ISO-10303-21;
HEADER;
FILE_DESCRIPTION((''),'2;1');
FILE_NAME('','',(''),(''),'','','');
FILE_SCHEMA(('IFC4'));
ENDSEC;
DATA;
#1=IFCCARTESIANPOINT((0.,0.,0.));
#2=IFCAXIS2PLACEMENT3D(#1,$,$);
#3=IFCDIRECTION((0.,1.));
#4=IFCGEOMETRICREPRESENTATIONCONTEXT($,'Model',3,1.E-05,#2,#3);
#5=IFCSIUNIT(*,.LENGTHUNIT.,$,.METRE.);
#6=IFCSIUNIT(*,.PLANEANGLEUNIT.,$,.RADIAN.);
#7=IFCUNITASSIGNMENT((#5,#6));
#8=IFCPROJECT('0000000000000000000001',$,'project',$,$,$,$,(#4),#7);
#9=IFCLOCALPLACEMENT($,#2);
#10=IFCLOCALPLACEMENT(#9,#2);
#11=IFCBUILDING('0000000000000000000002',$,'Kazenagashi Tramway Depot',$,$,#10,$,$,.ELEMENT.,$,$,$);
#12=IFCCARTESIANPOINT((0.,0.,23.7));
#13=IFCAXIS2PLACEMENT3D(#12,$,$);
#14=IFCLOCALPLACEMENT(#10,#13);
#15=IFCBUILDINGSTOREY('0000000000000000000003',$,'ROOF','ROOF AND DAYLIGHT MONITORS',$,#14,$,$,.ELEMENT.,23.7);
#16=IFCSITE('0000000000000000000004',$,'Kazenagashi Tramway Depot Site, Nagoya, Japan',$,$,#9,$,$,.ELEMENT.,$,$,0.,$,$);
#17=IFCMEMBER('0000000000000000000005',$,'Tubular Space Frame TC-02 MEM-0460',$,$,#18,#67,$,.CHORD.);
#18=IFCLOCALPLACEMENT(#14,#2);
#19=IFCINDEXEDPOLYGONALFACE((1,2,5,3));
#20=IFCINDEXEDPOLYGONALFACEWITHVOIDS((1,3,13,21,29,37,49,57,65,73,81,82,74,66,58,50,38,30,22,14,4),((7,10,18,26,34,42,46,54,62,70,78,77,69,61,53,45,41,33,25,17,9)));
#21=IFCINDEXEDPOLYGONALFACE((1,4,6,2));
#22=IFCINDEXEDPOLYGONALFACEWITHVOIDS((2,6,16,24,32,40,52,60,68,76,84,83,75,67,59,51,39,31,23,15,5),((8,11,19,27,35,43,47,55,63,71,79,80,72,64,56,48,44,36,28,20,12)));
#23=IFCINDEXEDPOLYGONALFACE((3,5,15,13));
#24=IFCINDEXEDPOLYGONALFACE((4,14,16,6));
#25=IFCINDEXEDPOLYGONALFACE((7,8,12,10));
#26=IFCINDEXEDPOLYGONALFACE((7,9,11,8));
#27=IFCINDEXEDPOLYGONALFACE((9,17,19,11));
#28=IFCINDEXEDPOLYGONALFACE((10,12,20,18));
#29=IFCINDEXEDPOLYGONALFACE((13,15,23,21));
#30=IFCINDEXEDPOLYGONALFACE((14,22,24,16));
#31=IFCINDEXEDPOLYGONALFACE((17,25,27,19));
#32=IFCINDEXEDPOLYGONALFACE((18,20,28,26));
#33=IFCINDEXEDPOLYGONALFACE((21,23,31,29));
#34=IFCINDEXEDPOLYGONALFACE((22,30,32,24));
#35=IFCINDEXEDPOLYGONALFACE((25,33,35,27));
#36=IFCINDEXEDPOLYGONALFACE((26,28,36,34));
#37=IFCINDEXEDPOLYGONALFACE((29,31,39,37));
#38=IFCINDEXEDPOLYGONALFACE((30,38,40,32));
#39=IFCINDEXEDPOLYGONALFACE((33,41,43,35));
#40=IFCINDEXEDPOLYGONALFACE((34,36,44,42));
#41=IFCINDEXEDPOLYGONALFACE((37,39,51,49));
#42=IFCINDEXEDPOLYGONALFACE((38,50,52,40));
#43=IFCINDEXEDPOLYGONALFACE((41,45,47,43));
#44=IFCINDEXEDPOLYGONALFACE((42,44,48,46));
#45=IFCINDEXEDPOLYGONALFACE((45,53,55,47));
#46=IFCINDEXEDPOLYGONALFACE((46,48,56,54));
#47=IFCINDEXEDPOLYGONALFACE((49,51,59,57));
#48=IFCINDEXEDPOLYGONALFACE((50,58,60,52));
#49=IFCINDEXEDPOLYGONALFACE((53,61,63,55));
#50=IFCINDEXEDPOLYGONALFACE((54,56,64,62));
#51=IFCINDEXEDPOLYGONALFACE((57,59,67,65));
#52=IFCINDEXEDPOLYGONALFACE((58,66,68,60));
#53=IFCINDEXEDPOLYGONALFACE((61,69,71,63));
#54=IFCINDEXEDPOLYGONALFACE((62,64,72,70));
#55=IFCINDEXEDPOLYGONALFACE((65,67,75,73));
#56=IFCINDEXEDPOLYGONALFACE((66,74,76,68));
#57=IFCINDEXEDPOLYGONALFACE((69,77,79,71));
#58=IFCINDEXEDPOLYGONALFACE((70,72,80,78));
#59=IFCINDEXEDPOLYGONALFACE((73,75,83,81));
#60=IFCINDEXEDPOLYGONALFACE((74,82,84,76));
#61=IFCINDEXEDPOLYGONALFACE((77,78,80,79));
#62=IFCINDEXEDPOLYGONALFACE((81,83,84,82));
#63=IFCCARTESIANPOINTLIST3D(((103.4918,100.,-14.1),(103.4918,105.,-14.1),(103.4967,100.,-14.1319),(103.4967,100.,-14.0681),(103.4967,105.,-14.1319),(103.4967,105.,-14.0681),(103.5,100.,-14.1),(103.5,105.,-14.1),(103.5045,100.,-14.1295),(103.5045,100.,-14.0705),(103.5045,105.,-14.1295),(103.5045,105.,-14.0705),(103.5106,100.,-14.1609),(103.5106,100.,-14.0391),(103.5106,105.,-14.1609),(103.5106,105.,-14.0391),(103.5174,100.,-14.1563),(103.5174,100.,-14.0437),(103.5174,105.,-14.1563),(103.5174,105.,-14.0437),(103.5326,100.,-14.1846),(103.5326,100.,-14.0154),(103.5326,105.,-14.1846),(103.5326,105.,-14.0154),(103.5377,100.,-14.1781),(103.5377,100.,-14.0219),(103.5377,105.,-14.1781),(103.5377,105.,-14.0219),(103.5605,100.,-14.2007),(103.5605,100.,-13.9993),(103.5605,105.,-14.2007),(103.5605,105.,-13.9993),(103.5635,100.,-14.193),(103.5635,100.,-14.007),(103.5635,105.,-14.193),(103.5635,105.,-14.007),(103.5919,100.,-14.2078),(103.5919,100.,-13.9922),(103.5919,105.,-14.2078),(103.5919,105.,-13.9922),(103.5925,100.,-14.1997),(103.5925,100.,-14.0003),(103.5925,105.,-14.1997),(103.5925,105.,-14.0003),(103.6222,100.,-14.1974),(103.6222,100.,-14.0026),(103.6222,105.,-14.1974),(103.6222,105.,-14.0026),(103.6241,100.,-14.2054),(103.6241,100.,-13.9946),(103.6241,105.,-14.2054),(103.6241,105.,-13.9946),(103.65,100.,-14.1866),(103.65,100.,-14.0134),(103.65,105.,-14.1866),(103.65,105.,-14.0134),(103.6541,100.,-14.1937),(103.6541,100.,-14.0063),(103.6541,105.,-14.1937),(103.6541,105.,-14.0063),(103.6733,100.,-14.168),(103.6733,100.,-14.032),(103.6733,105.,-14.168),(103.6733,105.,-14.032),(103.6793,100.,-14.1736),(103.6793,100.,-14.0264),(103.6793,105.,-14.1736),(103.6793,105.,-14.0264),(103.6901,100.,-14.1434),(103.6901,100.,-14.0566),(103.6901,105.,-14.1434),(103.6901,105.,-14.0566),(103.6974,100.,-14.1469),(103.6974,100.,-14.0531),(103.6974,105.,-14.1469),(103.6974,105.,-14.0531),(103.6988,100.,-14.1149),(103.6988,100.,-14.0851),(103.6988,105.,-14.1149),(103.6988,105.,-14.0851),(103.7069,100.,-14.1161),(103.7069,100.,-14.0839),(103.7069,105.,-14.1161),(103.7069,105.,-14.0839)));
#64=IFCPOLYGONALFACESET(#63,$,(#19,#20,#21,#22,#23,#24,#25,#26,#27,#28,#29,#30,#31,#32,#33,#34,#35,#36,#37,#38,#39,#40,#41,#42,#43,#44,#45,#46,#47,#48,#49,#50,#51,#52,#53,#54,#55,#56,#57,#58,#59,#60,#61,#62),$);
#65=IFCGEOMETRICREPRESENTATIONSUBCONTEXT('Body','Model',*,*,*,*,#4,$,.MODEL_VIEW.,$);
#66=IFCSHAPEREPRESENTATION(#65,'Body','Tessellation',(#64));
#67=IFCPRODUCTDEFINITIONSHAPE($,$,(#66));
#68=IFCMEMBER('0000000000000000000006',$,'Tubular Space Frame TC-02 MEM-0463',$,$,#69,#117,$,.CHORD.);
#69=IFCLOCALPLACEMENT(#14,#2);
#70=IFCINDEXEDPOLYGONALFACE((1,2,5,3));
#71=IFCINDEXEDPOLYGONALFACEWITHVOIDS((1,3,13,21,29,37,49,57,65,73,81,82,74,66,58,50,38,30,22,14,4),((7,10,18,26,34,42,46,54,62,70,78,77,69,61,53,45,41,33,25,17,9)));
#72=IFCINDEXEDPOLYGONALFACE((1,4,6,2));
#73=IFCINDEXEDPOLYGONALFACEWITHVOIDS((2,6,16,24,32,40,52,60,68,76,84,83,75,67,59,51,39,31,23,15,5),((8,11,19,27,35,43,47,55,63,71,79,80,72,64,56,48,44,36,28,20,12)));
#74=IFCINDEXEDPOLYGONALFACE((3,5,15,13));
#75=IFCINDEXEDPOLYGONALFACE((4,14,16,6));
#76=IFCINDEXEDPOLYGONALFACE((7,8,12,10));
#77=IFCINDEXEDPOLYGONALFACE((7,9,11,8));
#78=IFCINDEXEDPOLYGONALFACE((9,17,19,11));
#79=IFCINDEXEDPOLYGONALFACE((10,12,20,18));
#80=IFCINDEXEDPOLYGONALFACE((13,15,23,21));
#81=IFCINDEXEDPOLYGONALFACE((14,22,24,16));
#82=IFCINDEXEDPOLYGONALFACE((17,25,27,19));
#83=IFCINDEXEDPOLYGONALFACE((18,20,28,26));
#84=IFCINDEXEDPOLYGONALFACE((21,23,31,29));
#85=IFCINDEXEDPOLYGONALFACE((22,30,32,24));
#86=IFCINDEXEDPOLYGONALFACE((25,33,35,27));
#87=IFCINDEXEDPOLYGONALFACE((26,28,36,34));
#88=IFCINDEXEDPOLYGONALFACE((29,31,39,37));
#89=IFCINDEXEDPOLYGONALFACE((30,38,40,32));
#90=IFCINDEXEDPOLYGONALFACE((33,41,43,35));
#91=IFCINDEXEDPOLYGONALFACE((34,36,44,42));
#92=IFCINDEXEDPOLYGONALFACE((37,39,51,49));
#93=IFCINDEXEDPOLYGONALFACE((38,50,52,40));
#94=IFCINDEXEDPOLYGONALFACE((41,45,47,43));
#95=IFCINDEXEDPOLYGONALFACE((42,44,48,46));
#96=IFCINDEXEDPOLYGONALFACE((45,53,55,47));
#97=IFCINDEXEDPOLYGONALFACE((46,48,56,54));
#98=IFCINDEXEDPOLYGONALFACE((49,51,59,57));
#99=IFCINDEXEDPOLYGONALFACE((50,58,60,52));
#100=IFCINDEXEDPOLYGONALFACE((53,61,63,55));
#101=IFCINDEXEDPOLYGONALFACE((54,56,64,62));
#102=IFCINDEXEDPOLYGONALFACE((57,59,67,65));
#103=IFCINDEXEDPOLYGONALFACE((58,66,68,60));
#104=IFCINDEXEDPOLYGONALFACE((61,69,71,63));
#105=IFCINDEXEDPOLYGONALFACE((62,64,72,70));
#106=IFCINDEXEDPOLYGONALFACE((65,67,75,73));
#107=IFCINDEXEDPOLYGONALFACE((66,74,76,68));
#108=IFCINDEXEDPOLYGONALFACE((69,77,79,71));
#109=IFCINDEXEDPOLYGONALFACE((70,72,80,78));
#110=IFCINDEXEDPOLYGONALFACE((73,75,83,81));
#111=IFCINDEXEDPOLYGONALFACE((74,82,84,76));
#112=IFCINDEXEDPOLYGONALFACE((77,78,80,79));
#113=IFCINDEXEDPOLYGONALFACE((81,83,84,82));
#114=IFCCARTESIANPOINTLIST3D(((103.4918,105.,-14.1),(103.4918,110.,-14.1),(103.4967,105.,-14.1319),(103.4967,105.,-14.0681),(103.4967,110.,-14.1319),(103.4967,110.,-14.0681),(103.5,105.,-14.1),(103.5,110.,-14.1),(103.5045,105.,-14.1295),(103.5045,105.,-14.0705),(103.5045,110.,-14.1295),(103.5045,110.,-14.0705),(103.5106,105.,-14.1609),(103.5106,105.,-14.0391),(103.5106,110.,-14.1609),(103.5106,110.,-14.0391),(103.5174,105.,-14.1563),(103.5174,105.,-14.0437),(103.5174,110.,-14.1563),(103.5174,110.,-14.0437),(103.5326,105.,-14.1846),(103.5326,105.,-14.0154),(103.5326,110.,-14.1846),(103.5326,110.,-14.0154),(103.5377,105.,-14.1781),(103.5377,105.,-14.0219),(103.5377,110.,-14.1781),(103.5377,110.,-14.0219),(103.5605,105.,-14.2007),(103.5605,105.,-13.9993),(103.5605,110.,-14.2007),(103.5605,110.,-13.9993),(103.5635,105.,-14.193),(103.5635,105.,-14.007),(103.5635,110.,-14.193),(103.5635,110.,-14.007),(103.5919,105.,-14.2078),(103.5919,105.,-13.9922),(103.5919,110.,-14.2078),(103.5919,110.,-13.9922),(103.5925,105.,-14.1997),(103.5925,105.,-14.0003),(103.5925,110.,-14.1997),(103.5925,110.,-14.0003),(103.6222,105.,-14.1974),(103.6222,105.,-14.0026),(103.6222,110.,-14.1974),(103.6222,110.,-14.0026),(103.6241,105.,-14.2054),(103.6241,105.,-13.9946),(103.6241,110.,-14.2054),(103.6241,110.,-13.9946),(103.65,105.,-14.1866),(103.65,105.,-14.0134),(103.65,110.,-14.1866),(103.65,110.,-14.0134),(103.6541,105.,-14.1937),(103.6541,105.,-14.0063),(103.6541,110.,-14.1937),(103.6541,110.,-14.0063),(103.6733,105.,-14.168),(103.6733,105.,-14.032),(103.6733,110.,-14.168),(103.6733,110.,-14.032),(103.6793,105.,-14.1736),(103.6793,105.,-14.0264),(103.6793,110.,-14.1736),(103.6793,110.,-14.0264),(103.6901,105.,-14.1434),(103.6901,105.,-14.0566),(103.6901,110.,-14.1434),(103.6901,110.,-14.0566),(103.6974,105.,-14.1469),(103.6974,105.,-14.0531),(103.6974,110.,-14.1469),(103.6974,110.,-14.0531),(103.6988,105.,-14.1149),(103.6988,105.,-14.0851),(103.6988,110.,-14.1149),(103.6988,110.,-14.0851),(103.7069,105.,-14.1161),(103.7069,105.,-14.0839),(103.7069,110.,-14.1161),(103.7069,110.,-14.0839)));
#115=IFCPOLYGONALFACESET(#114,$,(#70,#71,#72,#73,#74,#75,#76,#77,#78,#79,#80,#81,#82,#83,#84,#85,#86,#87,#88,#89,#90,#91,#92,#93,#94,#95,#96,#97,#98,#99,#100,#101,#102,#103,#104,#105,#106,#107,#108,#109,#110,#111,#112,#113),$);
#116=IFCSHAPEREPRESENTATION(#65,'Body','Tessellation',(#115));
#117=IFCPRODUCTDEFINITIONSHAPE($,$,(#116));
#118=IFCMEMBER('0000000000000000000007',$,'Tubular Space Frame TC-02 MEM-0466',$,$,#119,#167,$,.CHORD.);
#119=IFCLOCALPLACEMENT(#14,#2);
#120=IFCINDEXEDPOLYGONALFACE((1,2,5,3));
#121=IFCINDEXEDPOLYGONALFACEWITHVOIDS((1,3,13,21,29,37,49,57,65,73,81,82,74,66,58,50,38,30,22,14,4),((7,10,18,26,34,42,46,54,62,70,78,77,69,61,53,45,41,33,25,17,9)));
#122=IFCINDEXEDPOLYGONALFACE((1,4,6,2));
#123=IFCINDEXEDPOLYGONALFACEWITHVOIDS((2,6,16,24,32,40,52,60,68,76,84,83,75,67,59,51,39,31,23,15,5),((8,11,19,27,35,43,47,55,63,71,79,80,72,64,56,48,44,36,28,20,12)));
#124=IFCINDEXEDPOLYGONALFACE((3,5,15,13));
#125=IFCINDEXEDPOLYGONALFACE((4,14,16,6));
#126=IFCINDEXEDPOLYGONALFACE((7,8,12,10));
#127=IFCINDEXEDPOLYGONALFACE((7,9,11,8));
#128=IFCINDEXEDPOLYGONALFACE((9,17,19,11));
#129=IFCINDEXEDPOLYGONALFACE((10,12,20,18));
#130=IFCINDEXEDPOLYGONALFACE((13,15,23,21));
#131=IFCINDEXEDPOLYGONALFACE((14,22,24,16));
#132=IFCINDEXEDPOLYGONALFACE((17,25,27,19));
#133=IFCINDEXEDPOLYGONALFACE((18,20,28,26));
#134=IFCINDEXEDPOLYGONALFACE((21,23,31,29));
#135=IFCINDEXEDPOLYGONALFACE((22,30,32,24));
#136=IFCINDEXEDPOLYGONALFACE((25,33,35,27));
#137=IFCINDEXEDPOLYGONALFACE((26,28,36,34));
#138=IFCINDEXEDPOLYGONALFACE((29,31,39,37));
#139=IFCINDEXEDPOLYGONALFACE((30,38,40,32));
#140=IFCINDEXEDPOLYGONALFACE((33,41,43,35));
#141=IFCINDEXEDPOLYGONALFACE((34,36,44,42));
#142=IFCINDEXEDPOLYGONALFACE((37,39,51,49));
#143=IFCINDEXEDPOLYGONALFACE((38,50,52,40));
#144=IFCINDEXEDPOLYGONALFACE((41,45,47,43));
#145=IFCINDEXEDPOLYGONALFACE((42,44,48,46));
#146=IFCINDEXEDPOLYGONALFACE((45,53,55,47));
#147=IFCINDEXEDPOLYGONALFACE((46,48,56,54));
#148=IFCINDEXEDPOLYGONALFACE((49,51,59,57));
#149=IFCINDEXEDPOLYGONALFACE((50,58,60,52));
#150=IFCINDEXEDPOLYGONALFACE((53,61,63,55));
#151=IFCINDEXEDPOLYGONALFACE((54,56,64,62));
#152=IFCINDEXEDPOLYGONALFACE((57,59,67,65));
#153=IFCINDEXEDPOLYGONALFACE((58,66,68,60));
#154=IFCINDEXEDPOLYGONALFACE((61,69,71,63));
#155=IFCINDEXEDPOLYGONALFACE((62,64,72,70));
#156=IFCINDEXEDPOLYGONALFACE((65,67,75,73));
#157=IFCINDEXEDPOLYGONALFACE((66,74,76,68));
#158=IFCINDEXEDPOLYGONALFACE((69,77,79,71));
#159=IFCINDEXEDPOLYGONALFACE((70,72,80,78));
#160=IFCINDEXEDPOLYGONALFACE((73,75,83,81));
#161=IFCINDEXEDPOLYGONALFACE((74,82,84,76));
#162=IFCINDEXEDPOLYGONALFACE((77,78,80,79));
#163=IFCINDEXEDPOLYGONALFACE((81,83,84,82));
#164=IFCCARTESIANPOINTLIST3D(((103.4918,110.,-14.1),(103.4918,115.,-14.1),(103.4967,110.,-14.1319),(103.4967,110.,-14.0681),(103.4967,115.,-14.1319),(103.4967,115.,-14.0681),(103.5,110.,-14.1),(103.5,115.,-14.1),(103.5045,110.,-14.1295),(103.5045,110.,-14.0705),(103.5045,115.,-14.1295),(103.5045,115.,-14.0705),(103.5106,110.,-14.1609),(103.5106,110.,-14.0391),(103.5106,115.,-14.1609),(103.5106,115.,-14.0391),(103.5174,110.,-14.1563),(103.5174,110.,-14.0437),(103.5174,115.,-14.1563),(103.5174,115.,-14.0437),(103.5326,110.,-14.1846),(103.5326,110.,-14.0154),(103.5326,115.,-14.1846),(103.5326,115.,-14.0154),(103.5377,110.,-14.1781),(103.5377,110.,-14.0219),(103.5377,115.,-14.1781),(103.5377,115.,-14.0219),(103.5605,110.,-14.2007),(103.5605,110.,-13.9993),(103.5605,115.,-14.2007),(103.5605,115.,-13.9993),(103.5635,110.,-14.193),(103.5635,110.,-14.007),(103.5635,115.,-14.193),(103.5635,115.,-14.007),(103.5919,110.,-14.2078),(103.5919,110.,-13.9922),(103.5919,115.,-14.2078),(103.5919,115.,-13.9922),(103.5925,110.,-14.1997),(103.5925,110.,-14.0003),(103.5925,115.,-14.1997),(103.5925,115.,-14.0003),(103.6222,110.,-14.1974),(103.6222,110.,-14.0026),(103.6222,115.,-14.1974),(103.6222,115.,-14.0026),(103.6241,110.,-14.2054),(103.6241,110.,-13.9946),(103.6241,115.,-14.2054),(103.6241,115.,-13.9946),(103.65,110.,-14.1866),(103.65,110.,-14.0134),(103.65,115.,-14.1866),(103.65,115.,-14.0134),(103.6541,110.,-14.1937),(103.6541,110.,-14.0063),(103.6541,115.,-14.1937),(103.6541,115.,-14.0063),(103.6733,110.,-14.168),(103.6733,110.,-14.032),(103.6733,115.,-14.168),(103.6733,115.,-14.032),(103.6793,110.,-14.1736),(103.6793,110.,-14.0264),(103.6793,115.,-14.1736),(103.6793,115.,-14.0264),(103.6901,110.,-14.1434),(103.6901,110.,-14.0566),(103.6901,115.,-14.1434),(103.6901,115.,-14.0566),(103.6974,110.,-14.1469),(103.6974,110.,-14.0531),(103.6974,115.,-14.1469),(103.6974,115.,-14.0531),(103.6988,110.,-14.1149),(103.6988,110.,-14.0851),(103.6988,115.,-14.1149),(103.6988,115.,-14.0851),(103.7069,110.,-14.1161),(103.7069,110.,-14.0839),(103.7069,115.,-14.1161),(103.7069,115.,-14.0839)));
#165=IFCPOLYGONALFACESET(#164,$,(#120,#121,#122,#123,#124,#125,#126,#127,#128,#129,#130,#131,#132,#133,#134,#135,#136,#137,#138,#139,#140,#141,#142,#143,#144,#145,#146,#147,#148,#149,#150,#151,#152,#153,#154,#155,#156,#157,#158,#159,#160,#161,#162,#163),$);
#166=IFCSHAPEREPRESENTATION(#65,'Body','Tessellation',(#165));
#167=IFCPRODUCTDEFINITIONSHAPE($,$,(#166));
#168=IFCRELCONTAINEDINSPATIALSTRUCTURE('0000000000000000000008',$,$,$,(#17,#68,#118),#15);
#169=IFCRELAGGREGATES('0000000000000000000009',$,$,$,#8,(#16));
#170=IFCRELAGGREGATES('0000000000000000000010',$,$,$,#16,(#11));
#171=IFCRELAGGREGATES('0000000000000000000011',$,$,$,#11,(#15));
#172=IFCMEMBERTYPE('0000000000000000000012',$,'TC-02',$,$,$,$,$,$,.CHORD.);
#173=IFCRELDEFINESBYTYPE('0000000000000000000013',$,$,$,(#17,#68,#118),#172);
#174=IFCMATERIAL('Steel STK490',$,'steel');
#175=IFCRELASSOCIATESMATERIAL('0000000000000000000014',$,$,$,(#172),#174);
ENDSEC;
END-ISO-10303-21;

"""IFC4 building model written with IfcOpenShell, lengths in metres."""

from ifc_helpers import new_model, si_unit, direction, frame, origin, origin_2d, place, context, subcontext, project, spatial, hollow_circle, extrude, material, material_profile, profile_set, type_object, element, save


model = new_model("IFC4")

# Units and contexts
model_context = context("Model", 3, precision=1e-05, world=origin(), true_north=direction((0.0, 1.0)))
body_context = subcontext(model_context, "Body", "Model", "MODEL_VIEW")
ifc_project = project(units=[si_unit("LENGTHUNIT", "METRE"), si_unit("PLANEANGLEUNIT", "RADIAN")], contexts=[model_context])

# Site, building, storey
site_placement = place(None, origin())
site = spatial("IfcSite", under=ifc_project, at=site_placement, Name="Kazenagashi Tramway Depot Site, Nagoya, Japan", CompositionType="ELEMENT", RefElevation=0.0)
building_placement = place(site_placement, origin())
building = spatial("IfcBuilding", under=site, at=building_placement, Name="Kazenagashi Tramway Depot", CompositionType="ELEMENT")
storey_placement = place(building_placement, frame((0.0, 0.0, 23.7)))
storey = spatial("IfcBuildingStorey", under=building, at=storey_placement, Name="ROOF", Description="ROOF AND DAYLIGHT MONITORS", CompositionType="ELEMENT", Elevation=23.7)

# Members
ifc_material_1 = material(Name="Steel STK490", Category="steel")
ifc_material_profile_1 = material_profile(ifc_material_1, hollow_circle(Radius=0.1081, WallThickness=0.0082, at=origin_2d()), Name="CHS-216.3x8.2")
ifc_profile_set_1 = profile_set([ifc_material_profile_1], Name="Steel STK490")
member_type_1 = type_object("IfcMemberType", Name="TC-02", PredefinedType="CHORD", material=ifc_profile_set_1)
for number, where, z_axis, x_axis, name in (
    (1, (103.6, 100.0, -14.1), (0.0, 1.0, 0.0), (-1.0, 0.0, 0.0), "Tubular Space Frame TC-02 MEM-0460"),
    (2, (103.6, 105.0, -14.1), (0.0, 1.0, 0.0), (-1.0, 0.0, 0.0), "Tubular Space Frame TC-02 MEM-0463"),
    (3, (103.6, 110.0, -14.1), (0.0, 1.0, 0.0), (-1.0, 0.0, 0.0), "Tubular Space Frame TC-02 MEM-0466"),
):
    element("IfcMember", number, at=place(storey_placement, frame(where, z_axis=z_axis, x_axis=x_axis)), inside=storey, type_object=member_type_1, Name=name, PredefinedType="CHORD", context=body_context, shape_type="SweptSolid", body=[
        extrude(hollow_circle(Radius=0.1081, WallThickness=0.0082, at=origin_2d()), origin(), (0.0, 0.0, 1.0), 5.0),
    ])

save(model, "model.ifc")
